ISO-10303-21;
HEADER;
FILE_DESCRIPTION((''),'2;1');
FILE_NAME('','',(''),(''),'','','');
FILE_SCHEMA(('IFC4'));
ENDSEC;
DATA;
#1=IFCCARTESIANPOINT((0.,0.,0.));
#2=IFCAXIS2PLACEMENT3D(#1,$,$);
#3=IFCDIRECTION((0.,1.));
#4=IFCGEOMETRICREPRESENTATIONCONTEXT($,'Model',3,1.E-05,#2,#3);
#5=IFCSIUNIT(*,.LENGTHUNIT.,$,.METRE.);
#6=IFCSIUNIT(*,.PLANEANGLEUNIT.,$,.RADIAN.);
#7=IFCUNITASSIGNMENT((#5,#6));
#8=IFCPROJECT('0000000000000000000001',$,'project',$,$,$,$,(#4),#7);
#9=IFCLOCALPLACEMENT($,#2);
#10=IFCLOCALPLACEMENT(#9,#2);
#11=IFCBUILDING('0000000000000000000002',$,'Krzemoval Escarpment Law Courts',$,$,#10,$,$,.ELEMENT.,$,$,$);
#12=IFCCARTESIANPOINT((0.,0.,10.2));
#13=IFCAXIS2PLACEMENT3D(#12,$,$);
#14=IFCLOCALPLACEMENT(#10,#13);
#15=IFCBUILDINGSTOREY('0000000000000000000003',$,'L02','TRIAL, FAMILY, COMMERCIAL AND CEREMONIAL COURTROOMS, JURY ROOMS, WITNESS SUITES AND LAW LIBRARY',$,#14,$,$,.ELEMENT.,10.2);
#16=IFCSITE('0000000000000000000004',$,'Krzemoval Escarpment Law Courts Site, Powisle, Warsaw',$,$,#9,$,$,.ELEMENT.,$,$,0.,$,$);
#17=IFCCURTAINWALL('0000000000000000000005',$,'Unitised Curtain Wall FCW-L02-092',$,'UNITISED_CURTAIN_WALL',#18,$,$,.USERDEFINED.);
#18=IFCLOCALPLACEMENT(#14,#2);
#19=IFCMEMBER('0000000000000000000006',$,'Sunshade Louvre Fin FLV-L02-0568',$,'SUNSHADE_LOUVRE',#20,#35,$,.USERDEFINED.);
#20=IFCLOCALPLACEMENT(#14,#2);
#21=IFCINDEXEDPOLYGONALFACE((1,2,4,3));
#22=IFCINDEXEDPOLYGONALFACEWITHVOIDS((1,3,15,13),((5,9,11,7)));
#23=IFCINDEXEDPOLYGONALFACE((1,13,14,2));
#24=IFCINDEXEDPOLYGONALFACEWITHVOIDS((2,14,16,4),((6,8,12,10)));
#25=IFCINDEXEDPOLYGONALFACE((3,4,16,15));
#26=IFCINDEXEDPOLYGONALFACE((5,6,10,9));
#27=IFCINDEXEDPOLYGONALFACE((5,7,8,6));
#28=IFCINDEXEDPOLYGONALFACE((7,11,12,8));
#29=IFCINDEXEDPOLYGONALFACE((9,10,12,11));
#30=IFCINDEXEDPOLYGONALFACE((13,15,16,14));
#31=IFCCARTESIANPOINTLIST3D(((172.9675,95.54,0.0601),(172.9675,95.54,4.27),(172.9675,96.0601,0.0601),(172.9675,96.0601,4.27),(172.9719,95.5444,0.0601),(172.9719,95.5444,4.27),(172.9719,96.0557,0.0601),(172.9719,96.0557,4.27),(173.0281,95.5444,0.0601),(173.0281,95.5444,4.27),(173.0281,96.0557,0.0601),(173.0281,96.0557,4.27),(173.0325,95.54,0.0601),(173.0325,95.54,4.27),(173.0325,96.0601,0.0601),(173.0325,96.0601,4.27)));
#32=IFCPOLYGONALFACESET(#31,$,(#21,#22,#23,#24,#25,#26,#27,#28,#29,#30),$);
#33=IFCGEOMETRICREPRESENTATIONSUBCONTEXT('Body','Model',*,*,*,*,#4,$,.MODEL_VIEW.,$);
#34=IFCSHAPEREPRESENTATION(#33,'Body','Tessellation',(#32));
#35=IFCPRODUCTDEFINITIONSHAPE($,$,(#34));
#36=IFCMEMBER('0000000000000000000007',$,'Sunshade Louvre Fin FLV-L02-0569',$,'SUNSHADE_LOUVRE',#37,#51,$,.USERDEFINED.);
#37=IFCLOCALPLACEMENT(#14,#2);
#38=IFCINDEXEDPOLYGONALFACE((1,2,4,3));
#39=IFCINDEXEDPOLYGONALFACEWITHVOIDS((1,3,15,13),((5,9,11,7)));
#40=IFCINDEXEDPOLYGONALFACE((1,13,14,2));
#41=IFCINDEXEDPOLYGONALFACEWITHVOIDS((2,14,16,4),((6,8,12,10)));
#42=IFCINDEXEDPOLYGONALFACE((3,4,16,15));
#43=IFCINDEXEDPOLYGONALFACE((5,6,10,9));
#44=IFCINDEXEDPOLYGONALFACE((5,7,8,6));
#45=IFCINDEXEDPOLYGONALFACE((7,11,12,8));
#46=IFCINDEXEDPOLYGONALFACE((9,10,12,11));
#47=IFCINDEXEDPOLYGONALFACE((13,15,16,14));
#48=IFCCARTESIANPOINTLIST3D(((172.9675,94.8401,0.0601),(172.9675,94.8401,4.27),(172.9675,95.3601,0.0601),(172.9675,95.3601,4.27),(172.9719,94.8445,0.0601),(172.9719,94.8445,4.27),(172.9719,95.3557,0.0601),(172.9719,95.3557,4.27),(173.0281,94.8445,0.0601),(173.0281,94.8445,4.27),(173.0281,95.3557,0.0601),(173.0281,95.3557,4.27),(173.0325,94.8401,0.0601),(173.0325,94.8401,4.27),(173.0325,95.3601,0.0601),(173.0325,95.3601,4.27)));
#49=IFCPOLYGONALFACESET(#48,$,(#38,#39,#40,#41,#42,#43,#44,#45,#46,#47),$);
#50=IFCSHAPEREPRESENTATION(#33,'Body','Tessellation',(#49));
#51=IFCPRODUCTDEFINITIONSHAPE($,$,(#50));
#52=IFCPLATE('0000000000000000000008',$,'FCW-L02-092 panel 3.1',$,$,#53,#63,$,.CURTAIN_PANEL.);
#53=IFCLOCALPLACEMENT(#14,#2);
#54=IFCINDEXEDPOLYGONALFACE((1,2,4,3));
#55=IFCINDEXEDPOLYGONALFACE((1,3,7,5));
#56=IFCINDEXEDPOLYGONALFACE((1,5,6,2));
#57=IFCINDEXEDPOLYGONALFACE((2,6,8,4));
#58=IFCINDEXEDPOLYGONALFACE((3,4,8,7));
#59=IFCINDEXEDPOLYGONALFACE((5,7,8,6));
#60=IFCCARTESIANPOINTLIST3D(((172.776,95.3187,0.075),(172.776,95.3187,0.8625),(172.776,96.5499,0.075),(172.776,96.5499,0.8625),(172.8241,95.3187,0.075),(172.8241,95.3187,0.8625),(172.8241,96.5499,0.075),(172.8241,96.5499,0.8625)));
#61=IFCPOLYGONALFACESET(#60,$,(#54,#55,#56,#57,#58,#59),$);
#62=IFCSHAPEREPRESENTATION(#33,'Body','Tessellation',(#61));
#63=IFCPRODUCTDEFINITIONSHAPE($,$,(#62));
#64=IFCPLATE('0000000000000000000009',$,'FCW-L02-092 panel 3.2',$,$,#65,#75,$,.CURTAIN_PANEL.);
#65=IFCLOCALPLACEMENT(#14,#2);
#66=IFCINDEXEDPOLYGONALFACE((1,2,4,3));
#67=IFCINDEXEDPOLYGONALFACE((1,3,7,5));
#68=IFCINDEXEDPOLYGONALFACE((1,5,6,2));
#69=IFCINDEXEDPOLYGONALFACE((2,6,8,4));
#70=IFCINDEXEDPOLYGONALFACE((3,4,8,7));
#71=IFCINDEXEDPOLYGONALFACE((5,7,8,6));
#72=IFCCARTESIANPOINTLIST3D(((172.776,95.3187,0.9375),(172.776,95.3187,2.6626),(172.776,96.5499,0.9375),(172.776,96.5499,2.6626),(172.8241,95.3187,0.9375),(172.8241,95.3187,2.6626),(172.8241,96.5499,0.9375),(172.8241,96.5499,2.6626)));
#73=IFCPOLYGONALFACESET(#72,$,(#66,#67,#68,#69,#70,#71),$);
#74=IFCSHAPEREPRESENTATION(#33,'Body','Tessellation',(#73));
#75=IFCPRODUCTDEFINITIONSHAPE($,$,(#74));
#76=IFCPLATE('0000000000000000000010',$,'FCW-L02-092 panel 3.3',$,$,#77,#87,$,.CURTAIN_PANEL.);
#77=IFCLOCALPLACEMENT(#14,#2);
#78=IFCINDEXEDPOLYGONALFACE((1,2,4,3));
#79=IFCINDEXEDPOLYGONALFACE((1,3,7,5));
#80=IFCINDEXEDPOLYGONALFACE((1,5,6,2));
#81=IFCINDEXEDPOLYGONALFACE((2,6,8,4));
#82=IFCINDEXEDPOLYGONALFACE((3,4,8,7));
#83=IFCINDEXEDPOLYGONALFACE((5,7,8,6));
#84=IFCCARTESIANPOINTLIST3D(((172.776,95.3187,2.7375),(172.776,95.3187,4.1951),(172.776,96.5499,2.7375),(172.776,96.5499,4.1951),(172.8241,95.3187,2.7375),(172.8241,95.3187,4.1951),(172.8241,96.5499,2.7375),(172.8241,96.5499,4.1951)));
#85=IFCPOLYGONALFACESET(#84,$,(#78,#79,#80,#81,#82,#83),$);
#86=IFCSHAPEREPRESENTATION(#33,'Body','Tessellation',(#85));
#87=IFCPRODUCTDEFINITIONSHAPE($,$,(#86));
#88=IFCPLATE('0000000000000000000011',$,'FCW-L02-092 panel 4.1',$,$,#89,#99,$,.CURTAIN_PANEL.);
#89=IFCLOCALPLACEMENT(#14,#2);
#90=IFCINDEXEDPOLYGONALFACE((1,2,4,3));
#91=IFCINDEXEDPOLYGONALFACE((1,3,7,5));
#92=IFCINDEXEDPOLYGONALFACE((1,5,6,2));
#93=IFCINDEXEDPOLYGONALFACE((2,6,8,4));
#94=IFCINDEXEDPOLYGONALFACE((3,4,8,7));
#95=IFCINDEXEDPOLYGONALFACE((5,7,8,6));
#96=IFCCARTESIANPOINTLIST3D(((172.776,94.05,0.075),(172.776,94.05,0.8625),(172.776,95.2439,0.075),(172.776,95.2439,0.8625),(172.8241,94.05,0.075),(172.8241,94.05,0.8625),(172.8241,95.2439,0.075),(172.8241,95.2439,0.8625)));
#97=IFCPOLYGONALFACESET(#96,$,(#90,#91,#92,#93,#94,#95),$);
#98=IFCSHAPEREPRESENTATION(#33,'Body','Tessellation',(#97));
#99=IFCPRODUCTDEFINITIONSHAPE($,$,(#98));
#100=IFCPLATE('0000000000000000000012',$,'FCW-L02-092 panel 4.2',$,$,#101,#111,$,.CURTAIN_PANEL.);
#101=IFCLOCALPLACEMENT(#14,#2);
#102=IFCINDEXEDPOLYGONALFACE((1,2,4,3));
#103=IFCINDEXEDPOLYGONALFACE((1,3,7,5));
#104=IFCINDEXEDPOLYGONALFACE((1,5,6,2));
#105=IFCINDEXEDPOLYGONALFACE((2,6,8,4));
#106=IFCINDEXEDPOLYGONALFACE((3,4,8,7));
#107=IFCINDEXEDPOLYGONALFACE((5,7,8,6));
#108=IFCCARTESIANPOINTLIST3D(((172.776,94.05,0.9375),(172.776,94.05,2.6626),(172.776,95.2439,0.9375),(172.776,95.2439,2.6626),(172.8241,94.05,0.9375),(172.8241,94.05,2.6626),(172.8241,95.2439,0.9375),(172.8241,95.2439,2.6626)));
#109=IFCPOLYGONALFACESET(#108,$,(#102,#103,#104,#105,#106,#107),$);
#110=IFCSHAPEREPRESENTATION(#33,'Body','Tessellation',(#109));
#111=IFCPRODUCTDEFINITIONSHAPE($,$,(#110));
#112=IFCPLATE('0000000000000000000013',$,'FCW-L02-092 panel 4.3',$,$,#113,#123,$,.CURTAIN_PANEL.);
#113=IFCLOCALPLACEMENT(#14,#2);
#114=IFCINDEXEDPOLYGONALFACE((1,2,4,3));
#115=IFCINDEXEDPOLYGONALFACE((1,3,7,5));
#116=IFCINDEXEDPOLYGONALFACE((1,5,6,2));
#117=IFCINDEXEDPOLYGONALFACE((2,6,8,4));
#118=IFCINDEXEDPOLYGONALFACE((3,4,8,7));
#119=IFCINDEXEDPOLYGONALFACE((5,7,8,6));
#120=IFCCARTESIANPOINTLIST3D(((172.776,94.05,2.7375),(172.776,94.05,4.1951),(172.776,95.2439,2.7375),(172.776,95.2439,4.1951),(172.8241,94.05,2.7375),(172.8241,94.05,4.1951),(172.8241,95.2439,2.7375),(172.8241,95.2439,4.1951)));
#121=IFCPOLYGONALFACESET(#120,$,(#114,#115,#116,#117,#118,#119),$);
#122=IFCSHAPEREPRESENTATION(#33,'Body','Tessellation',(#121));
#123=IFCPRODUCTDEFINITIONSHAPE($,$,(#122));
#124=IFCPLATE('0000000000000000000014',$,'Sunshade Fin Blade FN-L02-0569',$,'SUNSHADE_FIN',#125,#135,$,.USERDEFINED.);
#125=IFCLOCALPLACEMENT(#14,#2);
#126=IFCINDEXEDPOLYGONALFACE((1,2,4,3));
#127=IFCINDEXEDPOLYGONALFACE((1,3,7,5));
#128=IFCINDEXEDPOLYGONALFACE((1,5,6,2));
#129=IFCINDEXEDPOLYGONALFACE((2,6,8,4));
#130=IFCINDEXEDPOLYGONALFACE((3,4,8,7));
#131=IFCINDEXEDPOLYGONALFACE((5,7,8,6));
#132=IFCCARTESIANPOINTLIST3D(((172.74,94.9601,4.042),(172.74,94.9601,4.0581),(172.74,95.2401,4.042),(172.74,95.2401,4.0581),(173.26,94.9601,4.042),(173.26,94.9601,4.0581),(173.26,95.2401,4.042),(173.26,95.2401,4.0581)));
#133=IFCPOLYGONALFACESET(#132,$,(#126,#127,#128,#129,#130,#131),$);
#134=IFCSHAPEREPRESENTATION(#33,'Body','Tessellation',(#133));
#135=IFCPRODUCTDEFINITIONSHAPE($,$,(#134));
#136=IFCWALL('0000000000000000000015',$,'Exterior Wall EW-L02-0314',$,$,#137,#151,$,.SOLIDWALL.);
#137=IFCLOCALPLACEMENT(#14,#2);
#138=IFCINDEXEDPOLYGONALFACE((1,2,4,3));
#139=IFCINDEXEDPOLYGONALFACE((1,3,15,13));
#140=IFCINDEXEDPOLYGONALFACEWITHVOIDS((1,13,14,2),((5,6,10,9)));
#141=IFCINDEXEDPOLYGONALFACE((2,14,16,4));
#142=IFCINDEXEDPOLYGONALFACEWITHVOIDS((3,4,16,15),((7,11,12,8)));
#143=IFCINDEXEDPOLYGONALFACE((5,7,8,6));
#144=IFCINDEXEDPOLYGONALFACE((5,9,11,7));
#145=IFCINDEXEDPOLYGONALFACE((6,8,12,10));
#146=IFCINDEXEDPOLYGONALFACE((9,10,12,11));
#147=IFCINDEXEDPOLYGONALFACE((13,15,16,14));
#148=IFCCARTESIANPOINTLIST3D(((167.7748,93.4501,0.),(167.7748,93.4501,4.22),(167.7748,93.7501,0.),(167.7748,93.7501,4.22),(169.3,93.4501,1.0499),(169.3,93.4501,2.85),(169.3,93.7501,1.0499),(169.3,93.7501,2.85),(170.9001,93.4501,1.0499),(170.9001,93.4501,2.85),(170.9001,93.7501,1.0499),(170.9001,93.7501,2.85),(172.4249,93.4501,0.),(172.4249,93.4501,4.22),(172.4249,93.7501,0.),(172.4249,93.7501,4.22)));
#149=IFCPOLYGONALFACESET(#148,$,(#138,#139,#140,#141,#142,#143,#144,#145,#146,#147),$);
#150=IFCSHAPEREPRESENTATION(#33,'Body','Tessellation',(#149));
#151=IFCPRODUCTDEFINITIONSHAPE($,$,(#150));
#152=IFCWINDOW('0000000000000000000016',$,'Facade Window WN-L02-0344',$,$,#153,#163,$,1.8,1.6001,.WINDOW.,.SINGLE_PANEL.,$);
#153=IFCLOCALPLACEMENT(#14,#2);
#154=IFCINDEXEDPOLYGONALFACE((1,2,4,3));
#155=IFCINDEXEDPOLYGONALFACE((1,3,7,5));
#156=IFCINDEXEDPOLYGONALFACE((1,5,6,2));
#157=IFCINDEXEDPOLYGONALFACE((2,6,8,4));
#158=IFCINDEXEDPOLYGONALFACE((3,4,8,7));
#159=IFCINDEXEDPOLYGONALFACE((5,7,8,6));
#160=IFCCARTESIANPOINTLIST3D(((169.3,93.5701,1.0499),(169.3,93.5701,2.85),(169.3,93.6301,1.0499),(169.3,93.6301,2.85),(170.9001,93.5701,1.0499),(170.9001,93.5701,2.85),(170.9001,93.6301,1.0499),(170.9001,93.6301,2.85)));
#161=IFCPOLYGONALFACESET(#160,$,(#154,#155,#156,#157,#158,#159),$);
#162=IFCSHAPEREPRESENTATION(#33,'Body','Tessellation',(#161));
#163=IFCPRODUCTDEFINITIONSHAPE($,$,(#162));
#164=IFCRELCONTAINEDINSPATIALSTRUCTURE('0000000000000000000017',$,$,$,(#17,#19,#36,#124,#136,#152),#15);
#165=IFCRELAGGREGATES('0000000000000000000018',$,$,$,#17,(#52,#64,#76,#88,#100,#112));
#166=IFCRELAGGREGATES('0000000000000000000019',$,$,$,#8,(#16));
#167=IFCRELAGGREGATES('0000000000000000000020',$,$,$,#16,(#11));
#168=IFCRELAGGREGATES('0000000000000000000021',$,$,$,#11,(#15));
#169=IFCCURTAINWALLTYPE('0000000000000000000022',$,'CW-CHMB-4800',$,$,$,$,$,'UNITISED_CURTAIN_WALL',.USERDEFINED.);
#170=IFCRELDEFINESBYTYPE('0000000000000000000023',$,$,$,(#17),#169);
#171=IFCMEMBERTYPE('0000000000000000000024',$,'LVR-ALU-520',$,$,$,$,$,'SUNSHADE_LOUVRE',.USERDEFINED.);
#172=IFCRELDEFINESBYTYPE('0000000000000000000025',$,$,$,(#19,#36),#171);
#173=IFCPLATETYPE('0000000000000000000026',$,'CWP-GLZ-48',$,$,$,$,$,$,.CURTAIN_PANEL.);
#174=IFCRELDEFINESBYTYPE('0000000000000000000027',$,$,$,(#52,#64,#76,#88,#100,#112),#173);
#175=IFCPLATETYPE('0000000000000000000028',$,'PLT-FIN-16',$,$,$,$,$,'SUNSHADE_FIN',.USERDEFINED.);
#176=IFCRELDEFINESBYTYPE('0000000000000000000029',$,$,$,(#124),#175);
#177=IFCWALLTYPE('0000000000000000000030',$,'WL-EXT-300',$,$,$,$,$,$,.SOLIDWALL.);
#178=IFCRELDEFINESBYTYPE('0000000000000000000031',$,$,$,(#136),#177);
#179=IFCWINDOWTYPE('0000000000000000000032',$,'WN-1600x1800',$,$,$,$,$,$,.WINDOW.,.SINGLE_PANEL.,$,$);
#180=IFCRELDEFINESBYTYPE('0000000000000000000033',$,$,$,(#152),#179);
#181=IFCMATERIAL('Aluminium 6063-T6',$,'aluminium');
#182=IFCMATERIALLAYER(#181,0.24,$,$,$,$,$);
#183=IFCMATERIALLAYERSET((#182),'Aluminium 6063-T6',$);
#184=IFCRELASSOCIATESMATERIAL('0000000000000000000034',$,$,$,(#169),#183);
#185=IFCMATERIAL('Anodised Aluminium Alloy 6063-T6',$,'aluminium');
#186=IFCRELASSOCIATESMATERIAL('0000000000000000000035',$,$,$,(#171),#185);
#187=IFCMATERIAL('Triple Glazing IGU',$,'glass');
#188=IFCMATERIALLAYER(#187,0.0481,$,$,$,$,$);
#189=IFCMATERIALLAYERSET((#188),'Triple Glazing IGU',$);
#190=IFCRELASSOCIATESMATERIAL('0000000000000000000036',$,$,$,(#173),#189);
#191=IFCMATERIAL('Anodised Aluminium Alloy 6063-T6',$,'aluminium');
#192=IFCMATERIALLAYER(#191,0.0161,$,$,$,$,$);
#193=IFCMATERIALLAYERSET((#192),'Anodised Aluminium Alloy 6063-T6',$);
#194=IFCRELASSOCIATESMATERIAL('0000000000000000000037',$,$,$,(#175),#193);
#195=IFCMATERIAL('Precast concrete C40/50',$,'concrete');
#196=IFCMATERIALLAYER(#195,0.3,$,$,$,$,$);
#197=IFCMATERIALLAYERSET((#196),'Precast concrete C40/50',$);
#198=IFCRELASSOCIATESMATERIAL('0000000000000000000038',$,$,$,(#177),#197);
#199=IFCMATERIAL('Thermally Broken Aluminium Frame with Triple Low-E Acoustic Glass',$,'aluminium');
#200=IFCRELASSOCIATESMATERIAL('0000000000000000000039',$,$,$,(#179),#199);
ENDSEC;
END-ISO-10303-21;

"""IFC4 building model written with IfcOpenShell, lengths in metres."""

from ifc_helpers import new_model, si_unit, direction, frame, frame_2d, origin, origin_2d, place, context, subcontext, project, spatial, rectangle, hollow_rectangle, extrude, material, layer, layer_set, material_profile, profile_set, type_object, element, fill, aggregate, save


model = new_model("IFC4")

# Units and contexts
model_context = context("Model", 3, precision=1e-05, world=origin(), true_north=direction((0.0, 1.0)))
body_context = subcontext(model_context, "Body", "Model", "MODEL_VIEW")
ifc_project = project(units=[si_unit("LENGTHUNIT", "METRE"), si_unit("PLANEANGLEUNIT", "RADIAN")], contexts=[model_context])

# Site, building, storey
site_placement = place(None, origin())
site = spatial("IfcSite", under=ifc_project, at=site_placement, Name="Krzemoval Escarpment Law Courts Site, Powisle, Warsaw", CompositionType="ELEMENT", RefElevation=0.0)
building_placement = place(site_placement, origin())
building = spatial("IfcBuilding", under=site, at=building_placement, Name="Krzemoval Escarpment Law Courts", CompositionType="ELEMENT")
storey_placement = place(building_placement, frame((0.0, 0.0, 10.2)))
storey = spatial("IfcBuildingStorey", under=building, at=storey_placement, Name="L02", Description="TRIAL, FAMILY, COMMERCIAL AND CEREMONIAL COURTROOMS, JURY ROOMS, WITNESS SUITES AND LAW LIBRARY", CompositionType="ELEMENT", Elevation=10.2)

# Curtain wall
ifc_material_1 = material(Name="Aluminium 6063-T6", Category="aluminium")
ifc_layer_1 = layer(ifc_material_1, 0.24)
ifc_layer_set_1 = layer_set([ifc_layer_1], Name="Aluminium 6063-T6")
curtain_wall_type = type_object("IfcCurtainWallType", Name="CW-CHMB-4800", ElementType="UNITISED_CURTAIN_WALL", PredefinedType="USERDEFINED", material=ifc_layer_set_1)
curtain_wall_placement = place(storey_placement, origin())
curtain_wall = element("IfcCurtainWall", 1, at=curtain_wall_placement, inside=storey, type_object=curtain_wall_type, Name="Unitised Curtain Wall FCW-L02-092", ObjectType="UNITISED_CURTAIN_WALL", PredefinedType="USERDEFINED")

# Members
ifc_material_2 = material(Name="Anodised Aluminium Alloy 6063-T6", Category="aluminium")
ifc_material_profile_1 = material_profile(ifc_material_2, hollow_rectangle(XDim=0.0649, YDim=0.52, WallThickness=0.0044, at=origin_2d()), Name="ALU LVR 65x520")
ifc_profile_set_1 = profile_set([ifc_material_profile_1], Name="Anodised Aluminium Alloy 6063-T6")
member_type_1 = type_object("IfcMemberType", Name="LVR-ALU-520", ElementType="SUNSHADE_LOUVRE", PredefinedType="USERDEFINED", material=ifc_profile_set_1)
for number, where, z_axis, x_axis, name in (
    (2, (173.0, 95.8, 0.0601), (0.0, 0.0, 1.0), (1.0, 0.0, 0.0), "Sunshade Louvre Fin FLV-L02-0568"),
    (3, (173.0, 95.1001, 0.0601), (0.0, 0.0, 1.0), (1.0, 0.0, 0.0), "Sunshade Louvre Fin FLV-L02-0569"),
):
    element("IfcMember", number, at=place(storey_placement, frame(where, z_axis=z_axis, x_axis=x_axis)), inside=storey, type_object=member_type_1, Name=name, ObjectType="SUNSHADE_LOUVRE", PredefinedType="USERDEFINED", context=body_context, shape_type="SweptSolid", body=[
        extrude(hollow_rectangle(XDim=0.0649, YDim=0.52, WallThickness=0.0044, at=origin_2d()), origin(), (0.0, 0.0, 1.0), 4.21),
    ])

# Plates
ifc_material_3 = material(Name="Triple Glazing IGU", Category="glass")
ifc_layer_2 = layer(ifc_material_3, 0.0481)
ifc_layer_set_2 = layer_set([ifc_layer_2], Name="Triple Glazing IGU")
plate_type_1 = type_object("IfcPlateType", Name="CWP-GLZ-48", PredefinedType="CURTAIN_PANEL", material=ifc_layer_set_2)
plate_1_placement = place(storey_placement, frame((172.8, 95.9343, 0.075), z_axis=(0.0, 0.0, 1.0), x_axis=(0.0, -1.0, 0.0)))
plate_1 = element("IfcPlate", 4, at=plate_1_placement, type_object=plate_type_1, Name="FCW-L02-092 panel 3.1", PredefinedType="CURTAIN_PANEL", context=body_context, shape_type="SweptSolid", body=[
    extrude(rectangle(XDim=1.2312, YDim=0.0481, at=origin_2d()), origin(), (0.0, 0.0, 1.0), 0.7876),
])
plate_2_placement = place(storey_placement, frame((172.8, 95.9343, 0.9375), z_axis=(0.0, 0.0, 1.0), x_axis=(0.0, -1.0, 0.0)))
plate_2 = element("IfcPlate", 5, at=plate_2_placement, type_object=plate_type_1, Name="FCW-L02-092 panel 3.2", PredefinedType="CURTAIN_PANEL", context=body_context, shape_type="SweptSolid", body=[
    extrude(rectangle(XDim=1.2312, YDim=0.0481, at=origin_2d()), origin(), (0.0, 0.0, 1.0), 1.7251),
])
plate_3_placement = place(storey_placement, frame((172.8, 95.9343, 2.7375), z_axis=(0.0, 0.0, 1.0), x_axis=(0.0, -1.0, 0.0)))
plate_3 = element("IfcPlate", 6, at=plate_3_placement, type_object=plate_type_1, Name="FCW-L02-092 panel 3.3", PredefinedType="CURTAIN_PANEL", context=body_context, shape_type="SweptSolid", body=[
    extrude(rectangle(XDim=1.2312, YDim=0.0481, at=origin_2d()), origin(), (0.0, 0.0, 1.0), 1.4575),
])
plate_4_placement = place(storey_placement, frame((172.8, 94.647, 0.075), z_axis=(0.0, 0.0, 1.0), x_axis=(0.0, -1.0, 0.0)))
plate_4 = element("IfcPlate", 7, at=plate_4_placement, type_object=plate_type_1, Name="FCW-L02-092 panel 4.1", PredefinedType="CURTAIN_PANEL", context=body_context, shape_type="SweptSolid", body=[
    extrude(rectangle(XDim=1.1938, YDim=0.0481, at=origin_2d()), origin(), (0.0, 0.0, 1.0), 0.7876),
])
plate_5_placement = place(storey_placement, frame((172.8, 94.647, 0.9375), z_axis=(0.0, 0.0, 1.0), x_axis=(0.0, -1.0, 0.0)))
plate_5 = element("IfcPlate", 8, at=plate_5_placement, type_object=plate_type_1, Name="FCW-L02-092 panel 4.2", PredefinedType="CURTAIN_PANEL", context=body_context, shape_type="SweptSolid", body=[
    extrude(rectangle(XDim=1.1938, YDim=0.0481, at=origin_2d()), origin(), (0.0, 0.0, 1.0), 1.7251),
])
plate_6_placement = place(storey_placement, frame((172.8, 94.647, 2.7375), z_axis=(0.0, 0.0, 1.0), x_axis=(0.0, -1.0, 0.0)))
plate_6 = element("IfcPlate", 9, at=plate_6_placement, type_object=plate_type_1, Name="FCW-L02-092 panel 4.3", PredefinedType="CURTAIN_PANEL", context=body_context, shape_type="SweptSolid", body=[
    extrude(rectangle(XDim=1.1938, YDim=0.0481, at=origin_2d()), origin(), (0.0, 0.0, 1.0), 1.4575),
])
aggregate(curtain_wall, [plate_1, plate_2, plate_3, plate_4, plate_5, plate_6])
ifc_material_4 = material(Name="Anodised Aluminium Alloy 6063-T6", Category="aluminium")
ifc_layer_3 = layer(ifc_material_4, 0.0161)
ifc_layer_set_3 = layer_set([ifc_layer_3], Name="Anodised Aluminium Alloy 6063-T6")
plate_type_2 = type_object("IfcPlateType", Name="PLT-FIN-16", ElementType="SUNSHADE_FIN", PredefinedType="USERDEFINED", material=ifc_layer_set_3)
plate_7_placement = place(storey_placement, frame((173.0, 95.1001, 4.042), z_axis=(0.0, 0.0, 1.0), x_axis=(1.0, 0.0, 0.0)))
element("IfcPlate", 10, at=plate_7_placement, inside=storey, type_object=plate_type_2, Name="Sunshade Fin Blade FN-L02-0569", ObjectType="SUNSHADE_FIN", PredefinedType="USERDEFINED", context=body_context, shape_type="SweptSolid", body=[
    extrude(rectangle(XDim=0.52, YDim=0.28, at=origin_2d()), origin(), (0.0, 0.0, 1.0), 0.0161),
])

# Wall, opening, window
ifc_material_5 = material(Name="Precast concrete C40/50", Category="concrete")
ifc_layer_4 = layer(ifc_material_5, 0.3)
ifc_layer_set_4 = layer_set([ifc_layer_4], Name="Precast concrete C40/50")
wall_type = type_object("IfcWallType", Name="WL-EXT-300", PredefinedType="SOLIDWALL", material=ifc_layer_set_4)
wall_1_placement = place(storey_placement, frame((172.425, 93.6001, 0.0), z_axis=(0.0, 0.0, 1.0), x_axis=(-1.0, 0.0, 0.0)))
wall_1 = element("IfcWall", 11, at=wall_1_placement, inside=storey, type_object=wall_type, Name="Exterior Wall EW-L02-0314", PredefinedType="SOLIDWALL", context=body_context, shape_type="SweptSolid", body=[
    extrude(rectangle(XDim=4.6501, YDim=0.3, at=frame_2d((2.3252, 0.0))), origin(), (0.0, 0.0, 1.0), 4.22),
])
opening_1_placement = place(wall_1_placement, frame((1.5249, 0.0, 1.05)))
opening_1 = element("IfcOpeningElement", 12, at=opening_1_placement, cuts=wall_1, PredefinedType="OPENING", context=body_context, shape_type="SweptSolid", body=[
    extrude(rectangle(XDim=1.6001, YDim=1.8, at=frame_2d((0.8, 0.8999))), frame((0.0, 0.165, 0.0), z_axis=(0.0, -1.0, 0.0), x_axis=(1.0, 0.0, 0.0)), (0.0, 0.0, 1.0), 0.3301),
])
ifc_material_6 = material(Name="Thermally Broken Aluminium Frame with Triple Low-E Acoustic Glass", Category="aluminium")
window_type = type_object("IfcWindowType", Name="WN-1600x1800", PartitioningType="SINGLE_PANEL", PredefinedType="WINDOW", material=ifc_material_6)
window_1_placement = place(opening_1_placement, origin())
window_1 = element("IfcWindow", 13, at=window_1_placement, inside=storey, type_object=window_type, Name="Facade Window WN-L02-0344", OverallHeight=1.8, OverallWidth=1.6001, PartitioningType="SINGLE_PANEL", PredefinedType="WINDOW", context=body_context, shape_type="SweptSolid", body=[
    extrude(rectangle(XDim=1.6001, YDim=1.8, at=frame_2d((0.8, 0.8999))), frame((0.0, 0.03, 0.0), z_axis=(0.0, -1.0, 0.0), x_axis=(1.0, 0.0, 0.0)), (0.0, 0.0, 1.0), 0.0601),
])
fill(opening_1, window_1)

save(model, "model.ifc")
